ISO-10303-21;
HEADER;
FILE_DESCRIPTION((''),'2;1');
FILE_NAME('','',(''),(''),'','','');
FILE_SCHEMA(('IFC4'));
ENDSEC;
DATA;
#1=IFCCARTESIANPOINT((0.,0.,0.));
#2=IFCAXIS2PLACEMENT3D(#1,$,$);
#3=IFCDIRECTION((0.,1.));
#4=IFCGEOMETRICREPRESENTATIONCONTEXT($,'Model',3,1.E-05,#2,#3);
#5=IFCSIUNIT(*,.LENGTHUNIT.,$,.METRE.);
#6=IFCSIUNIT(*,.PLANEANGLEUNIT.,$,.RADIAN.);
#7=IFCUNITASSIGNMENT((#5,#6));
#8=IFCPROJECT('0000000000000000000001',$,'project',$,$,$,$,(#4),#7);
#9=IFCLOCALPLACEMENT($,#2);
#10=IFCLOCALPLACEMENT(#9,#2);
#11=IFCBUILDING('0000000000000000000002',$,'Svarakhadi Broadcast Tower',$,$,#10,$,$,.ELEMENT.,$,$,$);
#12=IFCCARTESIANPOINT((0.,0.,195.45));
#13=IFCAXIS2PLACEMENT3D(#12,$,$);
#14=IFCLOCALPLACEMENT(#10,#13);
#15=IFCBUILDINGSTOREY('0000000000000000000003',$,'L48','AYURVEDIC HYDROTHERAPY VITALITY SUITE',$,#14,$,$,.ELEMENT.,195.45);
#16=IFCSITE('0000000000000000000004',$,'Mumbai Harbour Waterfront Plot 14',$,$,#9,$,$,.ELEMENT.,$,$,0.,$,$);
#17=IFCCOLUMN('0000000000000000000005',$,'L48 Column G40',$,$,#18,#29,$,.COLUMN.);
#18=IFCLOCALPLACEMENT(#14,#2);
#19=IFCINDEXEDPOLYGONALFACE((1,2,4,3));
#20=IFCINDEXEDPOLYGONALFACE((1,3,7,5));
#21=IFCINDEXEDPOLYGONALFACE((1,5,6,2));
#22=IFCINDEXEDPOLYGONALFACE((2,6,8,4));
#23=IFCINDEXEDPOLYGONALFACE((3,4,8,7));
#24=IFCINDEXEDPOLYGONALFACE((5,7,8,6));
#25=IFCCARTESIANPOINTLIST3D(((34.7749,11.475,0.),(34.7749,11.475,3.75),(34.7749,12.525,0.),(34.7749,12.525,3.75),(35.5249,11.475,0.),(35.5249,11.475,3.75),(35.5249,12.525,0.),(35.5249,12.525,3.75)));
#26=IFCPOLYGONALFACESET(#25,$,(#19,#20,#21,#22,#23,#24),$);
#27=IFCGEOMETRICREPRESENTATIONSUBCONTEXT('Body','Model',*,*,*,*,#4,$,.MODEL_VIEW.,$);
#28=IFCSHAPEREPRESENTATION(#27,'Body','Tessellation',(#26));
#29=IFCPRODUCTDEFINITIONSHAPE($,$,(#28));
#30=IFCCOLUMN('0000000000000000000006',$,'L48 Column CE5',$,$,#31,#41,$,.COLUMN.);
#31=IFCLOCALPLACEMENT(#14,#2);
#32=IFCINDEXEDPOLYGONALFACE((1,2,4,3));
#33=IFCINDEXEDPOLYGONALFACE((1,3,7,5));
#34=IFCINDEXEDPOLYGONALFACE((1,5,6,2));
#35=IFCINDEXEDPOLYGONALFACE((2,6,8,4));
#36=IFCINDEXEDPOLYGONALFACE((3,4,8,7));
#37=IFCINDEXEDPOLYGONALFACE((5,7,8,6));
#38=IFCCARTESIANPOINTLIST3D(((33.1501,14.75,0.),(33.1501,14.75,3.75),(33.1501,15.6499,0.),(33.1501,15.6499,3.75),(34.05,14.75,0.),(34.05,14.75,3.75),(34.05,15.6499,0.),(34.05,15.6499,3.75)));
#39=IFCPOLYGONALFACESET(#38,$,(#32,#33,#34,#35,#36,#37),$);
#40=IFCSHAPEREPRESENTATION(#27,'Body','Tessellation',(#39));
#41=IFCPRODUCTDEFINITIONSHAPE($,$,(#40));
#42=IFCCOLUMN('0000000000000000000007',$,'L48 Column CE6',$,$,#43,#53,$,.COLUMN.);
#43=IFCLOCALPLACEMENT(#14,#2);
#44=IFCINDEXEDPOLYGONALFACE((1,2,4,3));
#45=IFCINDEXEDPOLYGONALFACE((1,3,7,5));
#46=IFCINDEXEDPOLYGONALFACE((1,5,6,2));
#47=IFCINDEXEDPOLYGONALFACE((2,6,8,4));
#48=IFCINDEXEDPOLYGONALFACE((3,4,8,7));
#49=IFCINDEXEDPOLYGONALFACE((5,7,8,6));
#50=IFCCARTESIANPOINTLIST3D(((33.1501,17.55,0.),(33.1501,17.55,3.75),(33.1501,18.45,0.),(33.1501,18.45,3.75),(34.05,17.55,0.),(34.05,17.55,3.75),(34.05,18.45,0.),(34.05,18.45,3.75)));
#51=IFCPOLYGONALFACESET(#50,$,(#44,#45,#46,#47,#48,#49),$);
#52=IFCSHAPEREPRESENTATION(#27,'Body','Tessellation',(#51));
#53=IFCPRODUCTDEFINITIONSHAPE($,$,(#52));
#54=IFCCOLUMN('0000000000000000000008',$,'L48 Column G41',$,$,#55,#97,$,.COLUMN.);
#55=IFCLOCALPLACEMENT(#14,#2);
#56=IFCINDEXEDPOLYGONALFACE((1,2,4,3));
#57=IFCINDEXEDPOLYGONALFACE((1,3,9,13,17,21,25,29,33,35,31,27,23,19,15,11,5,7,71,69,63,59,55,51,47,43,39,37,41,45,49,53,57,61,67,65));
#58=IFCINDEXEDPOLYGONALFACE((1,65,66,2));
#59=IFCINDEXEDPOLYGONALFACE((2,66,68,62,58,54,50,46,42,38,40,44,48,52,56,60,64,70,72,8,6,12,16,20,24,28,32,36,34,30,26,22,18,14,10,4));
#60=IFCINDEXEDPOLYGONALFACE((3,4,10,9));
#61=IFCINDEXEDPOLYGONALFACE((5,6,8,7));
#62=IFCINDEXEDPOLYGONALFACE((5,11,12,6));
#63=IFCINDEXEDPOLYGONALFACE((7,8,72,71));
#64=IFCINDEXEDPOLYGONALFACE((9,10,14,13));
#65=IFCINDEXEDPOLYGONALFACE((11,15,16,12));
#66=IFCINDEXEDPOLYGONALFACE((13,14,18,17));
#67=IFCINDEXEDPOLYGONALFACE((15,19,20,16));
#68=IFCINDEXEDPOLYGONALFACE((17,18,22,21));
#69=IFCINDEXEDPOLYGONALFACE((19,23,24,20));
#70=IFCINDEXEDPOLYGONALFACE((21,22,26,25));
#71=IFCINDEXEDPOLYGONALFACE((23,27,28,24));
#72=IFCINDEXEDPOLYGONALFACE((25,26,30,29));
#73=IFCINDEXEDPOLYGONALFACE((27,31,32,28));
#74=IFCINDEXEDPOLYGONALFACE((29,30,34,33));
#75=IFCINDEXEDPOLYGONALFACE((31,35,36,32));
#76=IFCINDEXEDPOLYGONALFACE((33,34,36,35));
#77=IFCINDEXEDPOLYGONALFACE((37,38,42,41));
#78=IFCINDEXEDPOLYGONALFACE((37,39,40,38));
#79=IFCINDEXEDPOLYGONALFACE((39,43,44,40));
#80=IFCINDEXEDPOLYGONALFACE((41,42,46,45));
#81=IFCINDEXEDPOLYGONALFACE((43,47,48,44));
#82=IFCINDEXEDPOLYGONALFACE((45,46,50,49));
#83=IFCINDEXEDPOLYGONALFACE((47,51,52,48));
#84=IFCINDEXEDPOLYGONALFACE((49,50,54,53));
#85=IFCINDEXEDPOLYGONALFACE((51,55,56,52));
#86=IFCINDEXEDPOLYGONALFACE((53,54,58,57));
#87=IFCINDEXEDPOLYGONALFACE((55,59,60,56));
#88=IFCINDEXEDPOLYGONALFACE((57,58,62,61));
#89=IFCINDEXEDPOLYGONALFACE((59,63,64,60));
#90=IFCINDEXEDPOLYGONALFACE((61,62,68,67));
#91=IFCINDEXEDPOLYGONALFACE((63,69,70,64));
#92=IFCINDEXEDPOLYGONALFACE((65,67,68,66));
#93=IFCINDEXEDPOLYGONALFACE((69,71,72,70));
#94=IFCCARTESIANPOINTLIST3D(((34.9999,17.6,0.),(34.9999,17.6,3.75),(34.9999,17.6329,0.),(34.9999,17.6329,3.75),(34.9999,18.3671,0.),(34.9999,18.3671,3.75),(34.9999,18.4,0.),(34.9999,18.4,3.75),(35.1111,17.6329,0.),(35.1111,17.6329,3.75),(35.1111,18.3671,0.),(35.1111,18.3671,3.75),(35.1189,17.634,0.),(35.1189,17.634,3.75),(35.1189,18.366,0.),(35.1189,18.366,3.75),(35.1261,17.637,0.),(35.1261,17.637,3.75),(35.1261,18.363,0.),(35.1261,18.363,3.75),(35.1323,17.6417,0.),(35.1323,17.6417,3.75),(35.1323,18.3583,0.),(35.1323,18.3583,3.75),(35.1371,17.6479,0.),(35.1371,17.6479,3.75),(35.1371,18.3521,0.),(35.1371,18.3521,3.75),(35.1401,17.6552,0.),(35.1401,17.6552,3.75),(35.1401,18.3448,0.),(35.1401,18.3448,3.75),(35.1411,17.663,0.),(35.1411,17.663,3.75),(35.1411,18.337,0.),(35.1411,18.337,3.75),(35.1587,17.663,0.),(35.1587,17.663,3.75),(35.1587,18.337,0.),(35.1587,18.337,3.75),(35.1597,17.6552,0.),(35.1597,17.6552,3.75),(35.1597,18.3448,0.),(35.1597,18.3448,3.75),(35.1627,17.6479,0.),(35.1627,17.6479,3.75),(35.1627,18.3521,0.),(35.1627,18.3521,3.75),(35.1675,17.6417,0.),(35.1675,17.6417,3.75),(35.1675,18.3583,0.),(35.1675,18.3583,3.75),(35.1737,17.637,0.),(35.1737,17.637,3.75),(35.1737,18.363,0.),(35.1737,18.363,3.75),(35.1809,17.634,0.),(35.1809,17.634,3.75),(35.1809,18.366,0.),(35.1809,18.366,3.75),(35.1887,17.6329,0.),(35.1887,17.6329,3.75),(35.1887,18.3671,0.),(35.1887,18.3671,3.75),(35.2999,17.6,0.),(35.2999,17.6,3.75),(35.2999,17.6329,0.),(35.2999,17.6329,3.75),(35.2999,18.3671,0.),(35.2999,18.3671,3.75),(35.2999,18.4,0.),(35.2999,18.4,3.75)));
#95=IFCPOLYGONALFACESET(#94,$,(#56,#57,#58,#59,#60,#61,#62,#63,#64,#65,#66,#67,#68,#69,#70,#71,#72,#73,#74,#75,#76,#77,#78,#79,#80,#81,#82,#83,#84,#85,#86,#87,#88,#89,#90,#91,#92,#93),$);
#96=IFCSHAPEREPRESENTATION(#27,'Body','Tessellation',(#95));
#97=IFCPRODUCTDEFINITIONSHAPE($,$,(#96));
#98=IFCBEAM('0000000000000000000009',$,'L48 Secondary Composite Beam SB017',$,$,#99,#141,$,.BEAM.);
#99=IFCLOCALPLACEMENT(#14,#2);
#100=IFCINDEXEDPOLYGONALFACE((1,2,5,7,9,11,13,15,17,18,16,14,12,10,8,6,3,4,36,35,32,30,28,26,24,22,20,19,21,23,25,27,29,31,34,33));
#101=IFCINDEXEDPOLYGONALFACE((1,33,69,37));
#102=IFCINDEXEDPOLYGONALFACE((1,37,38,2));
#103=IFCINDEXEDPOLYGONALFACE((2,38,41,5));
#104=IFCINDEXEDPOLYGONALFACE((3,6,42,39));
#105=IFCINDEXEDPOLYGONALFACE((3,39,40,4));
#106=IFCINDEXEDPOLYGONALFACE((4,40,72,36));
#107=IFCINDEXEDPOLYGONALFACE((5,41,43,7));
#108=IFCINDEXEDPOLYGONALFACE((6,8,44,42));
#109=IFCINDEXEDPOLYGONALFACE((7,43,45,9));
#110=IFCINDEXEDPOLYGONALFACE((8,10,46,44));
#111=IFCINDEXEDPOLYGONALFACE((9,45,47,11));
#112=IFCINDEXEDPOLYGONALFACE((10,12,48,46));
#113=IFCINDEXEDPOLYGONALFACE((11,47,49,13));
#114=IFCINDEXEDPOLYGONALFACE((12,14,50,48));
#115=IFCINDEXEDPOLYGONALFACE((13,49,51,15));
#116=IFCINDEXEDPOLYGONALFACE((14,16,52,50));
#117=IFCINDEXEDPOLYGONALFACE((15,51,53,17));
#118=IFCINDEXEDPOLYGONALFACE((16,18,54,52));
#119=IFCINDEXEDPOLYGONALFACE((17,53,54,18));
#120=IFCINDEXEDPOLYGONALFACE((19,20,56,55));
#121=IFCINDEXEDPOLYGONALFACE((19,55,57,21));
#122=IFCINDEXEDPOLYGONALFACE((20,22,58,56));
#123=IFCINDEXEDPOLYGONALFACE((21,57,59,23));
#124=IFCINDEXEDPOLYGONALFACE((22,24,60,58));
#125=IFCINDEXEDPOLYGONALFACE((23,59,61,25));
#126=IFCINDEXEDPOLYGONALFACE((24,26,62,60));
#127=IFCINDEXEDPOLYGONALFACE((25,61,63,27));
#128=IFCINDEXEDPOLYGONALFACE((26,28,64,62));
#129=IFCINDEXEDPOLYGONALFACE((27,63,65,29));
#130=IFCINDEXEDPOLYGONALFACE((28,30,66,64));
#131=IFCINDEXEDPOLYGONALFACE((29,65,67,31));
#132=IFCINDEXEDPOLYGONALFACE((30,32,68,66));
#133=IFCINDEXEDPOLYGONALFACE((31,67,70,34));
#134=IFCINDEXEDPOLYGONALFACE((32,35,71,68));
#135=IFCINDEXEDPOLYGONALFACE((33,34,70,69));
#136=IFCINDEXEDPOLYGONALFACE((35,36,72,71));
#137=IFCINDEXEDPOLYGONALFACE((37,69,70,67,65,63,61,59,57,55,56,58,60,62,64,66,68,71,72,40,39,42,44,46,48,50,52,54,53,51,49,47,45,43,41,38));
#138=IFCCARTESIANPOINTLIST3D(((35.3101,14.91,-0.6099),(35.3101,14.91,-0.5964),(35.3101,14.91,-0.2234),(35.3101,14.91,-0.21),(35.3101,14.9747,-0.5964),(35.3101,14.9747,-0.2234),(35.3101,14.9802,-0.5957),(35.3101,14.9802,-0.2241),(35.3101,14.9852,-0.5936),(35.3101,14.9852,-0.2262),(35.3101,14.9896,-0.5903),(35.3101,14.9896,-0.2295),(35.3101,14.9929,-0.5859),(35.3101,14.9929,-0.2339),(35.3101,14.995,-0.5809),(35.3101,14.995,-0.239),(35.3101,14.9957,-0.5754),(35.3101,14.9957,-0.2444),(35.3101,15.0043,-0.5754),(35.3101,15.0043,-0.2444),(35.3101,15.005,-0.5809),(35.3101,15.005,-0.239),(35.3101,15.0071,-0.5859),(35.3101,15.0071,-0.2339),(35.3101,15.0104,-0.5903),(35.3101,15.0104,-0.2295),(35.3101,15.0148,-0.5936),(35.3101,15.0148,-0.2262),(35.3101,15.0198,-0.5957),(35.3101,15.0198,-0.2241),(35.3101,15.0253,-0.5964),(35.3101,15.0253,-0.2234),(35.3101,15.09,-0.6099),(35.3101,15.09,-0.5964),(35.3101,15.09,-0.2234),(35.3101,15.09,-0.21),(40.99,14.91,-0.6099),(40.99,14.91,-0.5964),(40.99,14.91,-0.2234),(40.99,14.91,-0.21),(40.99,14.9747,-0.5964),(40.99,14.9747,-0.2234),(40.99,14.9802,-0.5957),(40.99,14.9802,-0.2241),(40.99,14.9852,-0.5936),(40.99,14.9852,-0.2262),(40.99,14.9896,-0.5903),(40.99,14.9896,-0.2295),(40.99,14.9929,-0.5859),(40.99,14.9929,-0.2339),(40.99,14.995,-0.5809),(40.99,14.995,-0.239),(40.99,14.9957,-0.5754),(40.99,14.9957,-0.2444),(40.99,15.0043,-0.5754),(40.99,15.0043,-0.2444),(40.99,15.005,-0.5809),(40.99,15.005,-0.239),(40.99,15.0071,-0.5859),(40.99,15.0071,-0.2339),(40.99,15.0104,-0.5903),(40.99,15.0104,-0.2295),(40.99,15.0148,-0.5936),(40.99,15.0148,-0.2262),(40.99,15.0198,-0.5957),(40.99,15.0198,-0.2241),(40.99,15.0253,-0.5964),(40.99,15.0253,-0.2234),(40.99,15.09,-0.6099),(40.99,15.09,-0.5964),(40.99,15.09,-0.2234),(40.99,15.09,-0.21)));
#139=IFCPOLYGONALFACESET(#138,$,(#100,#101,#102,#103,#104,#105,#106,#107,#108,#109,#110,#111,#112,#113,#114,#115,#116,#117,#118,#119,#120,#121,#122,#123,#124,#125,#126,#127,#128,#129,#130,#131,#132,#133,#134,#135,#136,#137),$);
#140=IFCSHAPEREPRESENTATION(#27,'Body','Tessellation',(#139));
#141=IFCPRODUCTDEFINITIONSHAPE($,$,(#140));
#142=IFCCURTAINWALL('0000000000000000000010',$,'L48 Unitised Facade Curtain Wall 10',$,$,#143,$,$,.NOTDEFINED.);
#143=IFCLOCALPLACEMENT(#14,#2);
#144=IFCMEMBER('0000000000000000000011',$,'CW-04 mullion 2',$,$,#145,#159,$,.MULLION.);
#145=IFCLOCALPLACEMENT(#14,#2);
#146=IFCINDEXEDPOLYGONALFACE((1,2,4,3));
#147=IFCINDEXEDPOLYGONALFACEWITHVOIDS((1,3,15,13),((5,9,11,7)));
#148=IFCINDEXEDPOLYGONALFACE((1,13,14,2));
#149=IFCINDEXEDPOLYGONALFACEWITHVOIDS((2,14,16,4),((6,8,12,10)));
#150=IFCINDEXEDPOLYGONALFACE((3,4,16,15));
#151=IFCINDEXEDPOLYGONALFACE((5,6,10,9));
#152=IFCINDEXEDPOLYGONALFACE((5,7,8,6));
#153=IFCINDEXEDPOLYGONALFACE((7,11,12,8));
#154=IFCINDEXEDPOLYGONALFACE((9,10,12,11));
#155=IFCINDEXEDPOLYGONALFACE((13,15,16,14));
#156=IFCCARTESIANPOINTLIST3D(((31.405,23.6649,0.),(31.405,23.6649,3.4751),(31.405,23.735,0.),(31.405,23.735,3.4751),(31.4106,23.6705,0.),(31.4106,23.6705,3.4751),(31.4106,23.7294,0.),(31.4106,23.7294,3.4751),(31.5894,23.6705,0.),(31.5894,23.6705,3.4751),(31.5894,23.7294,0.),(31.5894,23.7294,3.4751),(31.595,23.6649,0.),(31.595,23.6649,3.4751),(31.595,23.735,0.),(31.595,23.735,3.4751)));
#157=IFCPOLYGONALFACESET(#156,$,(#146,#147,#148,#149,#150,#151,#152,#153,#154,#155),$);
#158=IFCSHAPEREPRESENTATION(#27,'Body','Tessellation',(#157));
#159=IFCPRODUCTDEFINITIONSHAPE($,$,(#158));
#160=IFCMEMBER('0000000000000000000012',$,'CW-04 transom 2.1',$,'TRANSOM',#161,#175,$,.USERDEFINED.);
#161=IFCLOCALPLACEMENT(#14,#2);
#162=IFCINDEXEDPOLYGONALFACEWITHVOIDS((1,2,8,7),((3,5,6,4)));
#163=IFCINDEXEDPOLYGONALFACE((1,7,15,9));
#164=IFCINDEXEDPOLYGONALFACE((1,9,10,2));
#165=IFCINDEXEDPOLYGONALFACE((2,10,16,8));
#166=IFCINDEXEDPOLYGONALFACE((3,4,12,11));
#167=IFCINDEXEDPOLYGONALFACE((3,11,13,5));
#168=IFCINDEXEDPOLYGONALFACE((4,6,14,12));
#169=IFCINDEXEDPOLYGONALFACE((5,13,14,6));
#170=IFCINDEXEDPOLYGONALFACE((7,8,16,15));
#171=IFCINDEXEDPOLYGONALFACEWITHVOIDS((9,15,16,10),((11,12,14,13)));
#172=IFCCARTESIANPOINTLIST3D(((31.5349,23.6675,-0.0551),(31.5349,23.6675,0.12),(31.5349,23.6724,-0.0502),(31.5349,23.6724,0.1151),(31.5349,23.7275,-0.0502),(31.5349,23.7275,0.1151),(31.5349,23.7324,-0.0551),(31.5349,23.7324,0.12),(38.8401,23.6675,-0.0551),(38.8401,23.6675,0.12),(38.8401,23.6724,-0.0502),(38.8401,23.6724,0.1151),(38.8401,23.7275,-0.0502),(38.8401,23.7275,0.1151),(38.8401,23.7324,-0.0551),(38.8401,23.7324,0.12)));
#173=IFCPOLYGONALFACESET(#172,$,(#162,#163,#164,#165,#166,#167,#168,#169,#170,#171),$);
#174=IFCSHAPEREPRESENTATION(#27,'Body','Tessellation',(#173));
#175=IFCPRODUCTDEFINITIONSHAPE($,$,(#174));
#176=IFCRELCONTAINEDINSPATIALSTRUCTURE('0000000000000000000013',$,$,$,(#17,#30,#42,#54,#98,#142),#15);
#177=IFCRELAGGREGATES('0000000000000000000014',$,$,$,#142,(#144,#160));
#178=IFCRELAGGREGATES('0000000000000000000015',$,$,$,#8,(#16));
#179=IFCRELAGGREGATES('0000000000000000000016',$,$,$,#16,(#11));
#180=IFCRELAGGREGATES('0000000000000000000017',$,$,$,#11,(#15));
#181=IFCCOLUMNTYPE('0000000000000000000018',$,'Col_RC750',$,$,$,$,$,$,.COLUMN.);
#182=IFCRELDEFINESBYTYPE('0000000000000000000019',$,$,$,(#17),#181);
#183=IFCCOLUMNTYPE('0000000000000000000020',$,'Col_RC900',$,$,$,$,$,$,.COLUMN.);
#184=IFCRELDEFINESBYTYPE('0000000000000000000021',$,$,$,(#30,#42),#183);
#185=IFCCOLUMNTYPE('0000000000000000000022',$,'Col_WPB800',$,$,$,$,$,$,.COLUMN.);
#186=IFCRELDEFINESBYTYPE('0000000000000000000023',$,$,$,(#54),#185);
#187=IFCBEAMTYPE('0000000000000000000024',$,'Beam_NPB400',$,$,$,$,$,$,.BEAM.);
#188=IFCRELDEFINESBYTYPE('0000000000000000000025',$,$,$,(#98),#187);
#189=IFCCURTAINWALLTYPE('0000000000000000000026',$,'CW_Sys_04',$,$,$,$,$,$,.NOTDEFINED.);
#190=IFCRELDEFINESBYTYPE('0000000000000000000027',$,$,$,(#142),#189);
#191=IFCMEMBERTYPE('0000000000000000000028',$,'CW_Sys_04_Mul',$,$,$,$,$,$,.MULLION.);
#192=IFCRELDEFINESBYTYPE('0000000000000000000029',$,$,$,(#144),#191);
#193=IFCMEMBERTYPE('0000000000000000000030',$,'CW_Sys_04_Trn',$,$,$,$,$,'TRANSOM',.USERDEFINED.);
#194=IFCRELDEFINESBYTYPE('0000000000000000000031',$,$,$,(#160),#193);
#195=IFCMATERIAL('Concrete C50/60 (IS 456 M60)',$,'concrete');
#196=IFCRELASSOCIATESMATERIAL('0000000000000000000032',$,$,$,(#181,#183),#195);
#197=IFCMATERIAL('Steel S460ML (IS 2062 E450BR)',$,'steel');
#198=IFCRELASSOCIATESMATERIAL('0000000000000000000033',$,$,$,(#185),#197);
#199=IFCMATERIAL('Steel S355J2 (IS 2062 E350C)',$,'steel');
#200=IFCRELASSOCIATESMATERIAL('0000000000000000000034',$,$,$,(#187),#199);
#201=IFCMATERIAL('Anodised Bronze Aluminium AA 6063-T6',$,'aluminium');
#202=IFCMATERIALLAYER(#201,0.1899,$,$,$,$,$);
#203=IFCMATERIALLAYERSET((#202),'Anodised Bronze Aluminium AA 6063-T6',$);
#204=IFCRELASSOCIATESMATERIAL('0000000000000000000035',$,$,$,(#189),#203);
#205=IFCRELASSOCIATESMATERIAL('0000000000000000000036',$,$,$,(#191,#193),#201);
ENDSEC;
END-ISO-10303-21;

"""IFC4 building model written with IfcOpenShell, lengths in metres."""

from ifc_helpers import new_model, si_unit, direction, frame, origin, origin_2d, place, context, subcontext, project, spatial, rectangle, hollow_rectangle, i_section, extrude, material, layer, layer_set, material_profile, profile_set, type_object, element, aggregate, save


model = new_model("IFC4")

# Units and contexts
model_context = context("Model", 3, precision=1e-05, world=origin(), true_north=direction((0.0, 1.0)))
body_context = subcontext(model_context, "Body", "Model", "MODEL_VIEW")
ifc_project = project(units=[si_unit("LENGTHUNIT", "METRE"), si_unit("PLANEANGLEUNIT", "RADIAN")], contexts=[model_context])

# Site, building, storey
site_placement = place(None, origin())
site = spatial("IfcSite", under=ifc_project, at=site_placement, Name="Mumbai Harbour Waterfront Plot 14", CompositionType="ELEMENT", RefElevation=0.0)
building_placement = place(site_placement, origin())
building = spatial("IfcBuilding", under=site, at=building_placement, Name="Svarakhadi Broadcast Tower", CompositionType="ELEMENT")
storey_placement = place(building_placement, frame((0.0, 0.0, 195.45)))
storey = spatial("IfcBuildingStorey", under=building, at=storey_placement, Name="L48", Description="AYURVEDIC HYDROTHERAPY VITALITY SUITE", CompositionType="ELEMENT", Elevation=195.45)

# Columns
ifc_material_1 = material(Name="Concrete C50/60 (IS 456 M60)", Category="concrete")
ifc_material_profile_1 = material_profile(ifc_material_1, rectangle(XDim=0.75, YDim=1.05, at=origin_2d()), Name="RC 750x1050")
ifc_profile_set_1 = profile_set([ifc_material_profile_1], Name="Concrete C50/60 (IS 456 M60)")
column_type_1 = type_object("IfcColumnType", Name="Col_RC750", PredefinedType="COLUMN", material=ifc_profile_set_1)
column_1_placement = place(storey_placement, frame((35.1499, 12.0, 0.0), z_axis=(0.0, 0.0, 1.0), x_axis=(1.0, 0.0, 0.0)))
element("IfcColumn", 1, at=column_1_placement, inside=storey, type_object=column_type_1, Name="L48 Column G40", PredefinedType="COLUMN", context=body_context, shape_type="SweptSolid", body=[
    extrude(rectangle(XDim=0.75, YDim=1.05, at=origin_2d()), origin(), (0.0, 0.0, 1.0), 3.75),
])
ifc_material_profile_2 = material_profile(ifc_material_1, rectangle(XDim=0.8999, YDim=0.8999, at=origin_2d()), Name="RC 900x900")
ifc_profile_set_2 = profile_set([ifc_material_profile_2], Name="Concrete C50/60 (IS 456 M60)")
column_type_2 = type_object("IfcColumnType", Name="Col_RC900", PredefinedType="COLUMN", material=ifc_profile_set_2)
for number, where, z_axis, x_axis, name in (
    (2, (33.6001, 15.2, 0.0), (0.0, 0.0, 1.0), (1.0, 0.0, 0.0), "L48 Column CE5"),
    (3, (33.6001, 18.0, 0.0), (0.0, 0.0, 1.0), (1.0, 0.0, 0.0), "L48 Column CE6"),
):
    element("IfcColumn", number, at=place(storey_placement, frame(where, z_axis=z_axis, x_axis=x_axis)), inside=storey, type_object=column_type_2, Name=name, PredefinedType="COLUMN", context=body_context, shape_type="SweptSolid", body=[
        extrude(rectangle(XDim=0.8999, YDim=0.8999, at=origin_2d()), origin(), (0.0, 0.0, 1.0), 3.75),
    ])
ifc_material_2 = material(Name="Steel S460ML (IS 2062 E450BR)", Category="steel")
ifc_material_profile_3 = material_profile(ifc_material_2, i_section(OverallWidth=0.3, OverallDepth=0.8, WebThickness=0.0176, FlangeThickness=0.033, FilletRadius=0.03, at=origin_2d()), Name="WPB 800x300x262")
ifc_profile_set_3 = profile_set([ifc_material_profile_3], Name="Steel S460ML (IS 2062 E450BR)")
column_type_3 = type_object("IfcColumnType", Name="Col_WPB800", PredefinedType="COLUMN", material=ifc_profile_set_3)
column_2_placement = place(storey_placement, frame((35.1499, 18.0, 0.0), z_axis=(0.0, 0.0, 1.0), x_axis=(1.0, 0.0, 0.0)))
element("IfcColumn", 4, at=column_2_placement, inside=storey, type_object=column_type_3, Name="L48 Column G41", PredefinedType="COLUMN", context=body_context, shape_type="SweptSolid", body=[
    extrude(i_section(OverallWidth=0.3, OverallDepth=0.8, WebThickness=0.0176, FlangeThickness=0.033, FilletRadius=0.03, at=origin_2d()), origin(), (0.0, 0.0, 1.0), 3.75),
])

# Beam
ifc_material_3 = material(Name="Steel S355J2 (IS 2062 E350C)", Category="steel")
ifc_material_profile_4 = material_profile(ifc_material_3, i_section(OverallWidth=0.1799, OverallDepth=0.3999, WebThickness=0.0085, FlangeThickness=0.0134, FilletRadius=0.021, at=origin_2d()), Name="NPB 400x180x66")
ifc_profile_set_4 = profile_set([ifc_material_profile_4], Name="Steel S355J2 (IS 2062 E350C)")
beam_type_1 = type_object("IfcBeamType", Name="Beam_NPB400", PredefinedType="BEAM", material=ifc_profile_set_4)
beam_1_placement = place(storey_placement, frame((35.3101, 15.0, -0.4099), z_axis=(1.0, 0.0, 0.0), x_axis=(0.0, 1.0, 0.0)))
element("IfcBeam", 5, at=beam_1_placement, inside=storey, type_object=beam_type_1, Name="L48 Secondary Composite Beam SB017", PredefinedType="BEAM", context=body_context, shape_type="SweptSolid", body=[
    extrude(i_section(OverallWidth=0.1799, OverallDepth=0.3999, WebThickness=0.0085, FlangeThickness=0.0134, FilletRadius=0.021, at=origin_2d()), origin(), (0.0, 0.0, 1.0), 5.6799),
])

# Curtain wall, members
ifc_material_4 = material(Name="Anodised Bronze Aluminium AA 6063-T6", Category="aluminium")
ifc_layer_1 = layer(ifc_material_4, 0.1899)
ifc_layer_set_1 = layer_set([ifc_layer_1], Name="Anodised Bronze Aluminium AA 6063-T6")
curtain_wall_type = type_object("IfcCurtainWallType", Name="CW_Sys_04", PredefinedType="NOTDEFINED", material=ifc_layer_set_1)
curtain_wall_placement = place(storey_placement, origin())
curtain_wall = element("IfcCurtainWall", 6, at=curtain_wall_placement, inside=storey, type_object=curtain_wall_type, Name="L48 Unitised Facade Curtain Wall 10", PredefinedType="NOTDEFINED")
ifc_material_profile_5 = material_profile(ifc_material_4, hollow_rectangle(XDim=0.0701, YDim=0.1899, WallThickness=0.0056, at=origin_2d()), Name="ALU MULLION 190x70x6")
ifc_profile_set_5 = profile_set([ifc_material_profile_5], Name="Anodised Bronze Aluminium AA 6063-T6")
member_type_1 = type_object("IfcMemberType", Name="CW_Sys_04_Mul", PredefinedType="MULLION", material=ifc_profile_set_5)
member_1_placement = place(storey_placement, frame((31.5, 23.7, 0.0), z_axis=(0.0, 0.0, 1.0), x_axis=(0.0, 1.0, 0.0)))
member_1 = element("IfcMember", 7, at=member_1_placement, type_object=member_type_1, Name="CW-04 mullion 2", PredefinedType="MULLION", context=body_context, shape_type="SweptSolid", body=[
    extrude(hollow_rectangle(XDim=0.0701, YDim=0.1899, WallThickness=0.0056, at=origin_2d()), origin(), (0.0, 0.0, 1.0), 3.4751),
])
ifc_material_profile_6 = material_profile(ifc_material_4, hollow_rectangle(XDim=0.0649, YDim=0.175, WallThickness=0.0049, at=origin_2d()), Name="ALU TRANSOM 175x65x5")
ifc_profile_set_6 = profile_set([ifc_material_profile_6], Name="Anodised Bronze Aluminium AA 6063-T6")
member_type_2 = type_object("IfcMemberType", Name="CW_Sys_04_Trn", ElementType="TRANSOM", PredefinedType="USERDEFINED", material=ifc_profile_set_6)
member_2_placement = place(storey_placement, frame((31.5349, 23.7, 0.0325), z_axis=(1.0, 0.0, 0.0), x_axis=(0.0, 1.0, 0.0)))
member_2 = element("IfcMember", 8, at=member_2_placement, type_object=member_type_2, Name="CW-04 transom 2.1", ObjectType="TRANSOM", PredefinedType="USERDEFINED", context=body_context, shape_type="SweptSolid", body=[
    extrude(hollow_rectangle(XDim=0.0649, YDim=0.175, WallThickness=0.0049, at=origin_2d()), origin(), (0.0, 0.0, 1.0), 7.3052),
])

aggregate(curtain_wall, [member_1, member_2])

save(model, "model.ifc")
